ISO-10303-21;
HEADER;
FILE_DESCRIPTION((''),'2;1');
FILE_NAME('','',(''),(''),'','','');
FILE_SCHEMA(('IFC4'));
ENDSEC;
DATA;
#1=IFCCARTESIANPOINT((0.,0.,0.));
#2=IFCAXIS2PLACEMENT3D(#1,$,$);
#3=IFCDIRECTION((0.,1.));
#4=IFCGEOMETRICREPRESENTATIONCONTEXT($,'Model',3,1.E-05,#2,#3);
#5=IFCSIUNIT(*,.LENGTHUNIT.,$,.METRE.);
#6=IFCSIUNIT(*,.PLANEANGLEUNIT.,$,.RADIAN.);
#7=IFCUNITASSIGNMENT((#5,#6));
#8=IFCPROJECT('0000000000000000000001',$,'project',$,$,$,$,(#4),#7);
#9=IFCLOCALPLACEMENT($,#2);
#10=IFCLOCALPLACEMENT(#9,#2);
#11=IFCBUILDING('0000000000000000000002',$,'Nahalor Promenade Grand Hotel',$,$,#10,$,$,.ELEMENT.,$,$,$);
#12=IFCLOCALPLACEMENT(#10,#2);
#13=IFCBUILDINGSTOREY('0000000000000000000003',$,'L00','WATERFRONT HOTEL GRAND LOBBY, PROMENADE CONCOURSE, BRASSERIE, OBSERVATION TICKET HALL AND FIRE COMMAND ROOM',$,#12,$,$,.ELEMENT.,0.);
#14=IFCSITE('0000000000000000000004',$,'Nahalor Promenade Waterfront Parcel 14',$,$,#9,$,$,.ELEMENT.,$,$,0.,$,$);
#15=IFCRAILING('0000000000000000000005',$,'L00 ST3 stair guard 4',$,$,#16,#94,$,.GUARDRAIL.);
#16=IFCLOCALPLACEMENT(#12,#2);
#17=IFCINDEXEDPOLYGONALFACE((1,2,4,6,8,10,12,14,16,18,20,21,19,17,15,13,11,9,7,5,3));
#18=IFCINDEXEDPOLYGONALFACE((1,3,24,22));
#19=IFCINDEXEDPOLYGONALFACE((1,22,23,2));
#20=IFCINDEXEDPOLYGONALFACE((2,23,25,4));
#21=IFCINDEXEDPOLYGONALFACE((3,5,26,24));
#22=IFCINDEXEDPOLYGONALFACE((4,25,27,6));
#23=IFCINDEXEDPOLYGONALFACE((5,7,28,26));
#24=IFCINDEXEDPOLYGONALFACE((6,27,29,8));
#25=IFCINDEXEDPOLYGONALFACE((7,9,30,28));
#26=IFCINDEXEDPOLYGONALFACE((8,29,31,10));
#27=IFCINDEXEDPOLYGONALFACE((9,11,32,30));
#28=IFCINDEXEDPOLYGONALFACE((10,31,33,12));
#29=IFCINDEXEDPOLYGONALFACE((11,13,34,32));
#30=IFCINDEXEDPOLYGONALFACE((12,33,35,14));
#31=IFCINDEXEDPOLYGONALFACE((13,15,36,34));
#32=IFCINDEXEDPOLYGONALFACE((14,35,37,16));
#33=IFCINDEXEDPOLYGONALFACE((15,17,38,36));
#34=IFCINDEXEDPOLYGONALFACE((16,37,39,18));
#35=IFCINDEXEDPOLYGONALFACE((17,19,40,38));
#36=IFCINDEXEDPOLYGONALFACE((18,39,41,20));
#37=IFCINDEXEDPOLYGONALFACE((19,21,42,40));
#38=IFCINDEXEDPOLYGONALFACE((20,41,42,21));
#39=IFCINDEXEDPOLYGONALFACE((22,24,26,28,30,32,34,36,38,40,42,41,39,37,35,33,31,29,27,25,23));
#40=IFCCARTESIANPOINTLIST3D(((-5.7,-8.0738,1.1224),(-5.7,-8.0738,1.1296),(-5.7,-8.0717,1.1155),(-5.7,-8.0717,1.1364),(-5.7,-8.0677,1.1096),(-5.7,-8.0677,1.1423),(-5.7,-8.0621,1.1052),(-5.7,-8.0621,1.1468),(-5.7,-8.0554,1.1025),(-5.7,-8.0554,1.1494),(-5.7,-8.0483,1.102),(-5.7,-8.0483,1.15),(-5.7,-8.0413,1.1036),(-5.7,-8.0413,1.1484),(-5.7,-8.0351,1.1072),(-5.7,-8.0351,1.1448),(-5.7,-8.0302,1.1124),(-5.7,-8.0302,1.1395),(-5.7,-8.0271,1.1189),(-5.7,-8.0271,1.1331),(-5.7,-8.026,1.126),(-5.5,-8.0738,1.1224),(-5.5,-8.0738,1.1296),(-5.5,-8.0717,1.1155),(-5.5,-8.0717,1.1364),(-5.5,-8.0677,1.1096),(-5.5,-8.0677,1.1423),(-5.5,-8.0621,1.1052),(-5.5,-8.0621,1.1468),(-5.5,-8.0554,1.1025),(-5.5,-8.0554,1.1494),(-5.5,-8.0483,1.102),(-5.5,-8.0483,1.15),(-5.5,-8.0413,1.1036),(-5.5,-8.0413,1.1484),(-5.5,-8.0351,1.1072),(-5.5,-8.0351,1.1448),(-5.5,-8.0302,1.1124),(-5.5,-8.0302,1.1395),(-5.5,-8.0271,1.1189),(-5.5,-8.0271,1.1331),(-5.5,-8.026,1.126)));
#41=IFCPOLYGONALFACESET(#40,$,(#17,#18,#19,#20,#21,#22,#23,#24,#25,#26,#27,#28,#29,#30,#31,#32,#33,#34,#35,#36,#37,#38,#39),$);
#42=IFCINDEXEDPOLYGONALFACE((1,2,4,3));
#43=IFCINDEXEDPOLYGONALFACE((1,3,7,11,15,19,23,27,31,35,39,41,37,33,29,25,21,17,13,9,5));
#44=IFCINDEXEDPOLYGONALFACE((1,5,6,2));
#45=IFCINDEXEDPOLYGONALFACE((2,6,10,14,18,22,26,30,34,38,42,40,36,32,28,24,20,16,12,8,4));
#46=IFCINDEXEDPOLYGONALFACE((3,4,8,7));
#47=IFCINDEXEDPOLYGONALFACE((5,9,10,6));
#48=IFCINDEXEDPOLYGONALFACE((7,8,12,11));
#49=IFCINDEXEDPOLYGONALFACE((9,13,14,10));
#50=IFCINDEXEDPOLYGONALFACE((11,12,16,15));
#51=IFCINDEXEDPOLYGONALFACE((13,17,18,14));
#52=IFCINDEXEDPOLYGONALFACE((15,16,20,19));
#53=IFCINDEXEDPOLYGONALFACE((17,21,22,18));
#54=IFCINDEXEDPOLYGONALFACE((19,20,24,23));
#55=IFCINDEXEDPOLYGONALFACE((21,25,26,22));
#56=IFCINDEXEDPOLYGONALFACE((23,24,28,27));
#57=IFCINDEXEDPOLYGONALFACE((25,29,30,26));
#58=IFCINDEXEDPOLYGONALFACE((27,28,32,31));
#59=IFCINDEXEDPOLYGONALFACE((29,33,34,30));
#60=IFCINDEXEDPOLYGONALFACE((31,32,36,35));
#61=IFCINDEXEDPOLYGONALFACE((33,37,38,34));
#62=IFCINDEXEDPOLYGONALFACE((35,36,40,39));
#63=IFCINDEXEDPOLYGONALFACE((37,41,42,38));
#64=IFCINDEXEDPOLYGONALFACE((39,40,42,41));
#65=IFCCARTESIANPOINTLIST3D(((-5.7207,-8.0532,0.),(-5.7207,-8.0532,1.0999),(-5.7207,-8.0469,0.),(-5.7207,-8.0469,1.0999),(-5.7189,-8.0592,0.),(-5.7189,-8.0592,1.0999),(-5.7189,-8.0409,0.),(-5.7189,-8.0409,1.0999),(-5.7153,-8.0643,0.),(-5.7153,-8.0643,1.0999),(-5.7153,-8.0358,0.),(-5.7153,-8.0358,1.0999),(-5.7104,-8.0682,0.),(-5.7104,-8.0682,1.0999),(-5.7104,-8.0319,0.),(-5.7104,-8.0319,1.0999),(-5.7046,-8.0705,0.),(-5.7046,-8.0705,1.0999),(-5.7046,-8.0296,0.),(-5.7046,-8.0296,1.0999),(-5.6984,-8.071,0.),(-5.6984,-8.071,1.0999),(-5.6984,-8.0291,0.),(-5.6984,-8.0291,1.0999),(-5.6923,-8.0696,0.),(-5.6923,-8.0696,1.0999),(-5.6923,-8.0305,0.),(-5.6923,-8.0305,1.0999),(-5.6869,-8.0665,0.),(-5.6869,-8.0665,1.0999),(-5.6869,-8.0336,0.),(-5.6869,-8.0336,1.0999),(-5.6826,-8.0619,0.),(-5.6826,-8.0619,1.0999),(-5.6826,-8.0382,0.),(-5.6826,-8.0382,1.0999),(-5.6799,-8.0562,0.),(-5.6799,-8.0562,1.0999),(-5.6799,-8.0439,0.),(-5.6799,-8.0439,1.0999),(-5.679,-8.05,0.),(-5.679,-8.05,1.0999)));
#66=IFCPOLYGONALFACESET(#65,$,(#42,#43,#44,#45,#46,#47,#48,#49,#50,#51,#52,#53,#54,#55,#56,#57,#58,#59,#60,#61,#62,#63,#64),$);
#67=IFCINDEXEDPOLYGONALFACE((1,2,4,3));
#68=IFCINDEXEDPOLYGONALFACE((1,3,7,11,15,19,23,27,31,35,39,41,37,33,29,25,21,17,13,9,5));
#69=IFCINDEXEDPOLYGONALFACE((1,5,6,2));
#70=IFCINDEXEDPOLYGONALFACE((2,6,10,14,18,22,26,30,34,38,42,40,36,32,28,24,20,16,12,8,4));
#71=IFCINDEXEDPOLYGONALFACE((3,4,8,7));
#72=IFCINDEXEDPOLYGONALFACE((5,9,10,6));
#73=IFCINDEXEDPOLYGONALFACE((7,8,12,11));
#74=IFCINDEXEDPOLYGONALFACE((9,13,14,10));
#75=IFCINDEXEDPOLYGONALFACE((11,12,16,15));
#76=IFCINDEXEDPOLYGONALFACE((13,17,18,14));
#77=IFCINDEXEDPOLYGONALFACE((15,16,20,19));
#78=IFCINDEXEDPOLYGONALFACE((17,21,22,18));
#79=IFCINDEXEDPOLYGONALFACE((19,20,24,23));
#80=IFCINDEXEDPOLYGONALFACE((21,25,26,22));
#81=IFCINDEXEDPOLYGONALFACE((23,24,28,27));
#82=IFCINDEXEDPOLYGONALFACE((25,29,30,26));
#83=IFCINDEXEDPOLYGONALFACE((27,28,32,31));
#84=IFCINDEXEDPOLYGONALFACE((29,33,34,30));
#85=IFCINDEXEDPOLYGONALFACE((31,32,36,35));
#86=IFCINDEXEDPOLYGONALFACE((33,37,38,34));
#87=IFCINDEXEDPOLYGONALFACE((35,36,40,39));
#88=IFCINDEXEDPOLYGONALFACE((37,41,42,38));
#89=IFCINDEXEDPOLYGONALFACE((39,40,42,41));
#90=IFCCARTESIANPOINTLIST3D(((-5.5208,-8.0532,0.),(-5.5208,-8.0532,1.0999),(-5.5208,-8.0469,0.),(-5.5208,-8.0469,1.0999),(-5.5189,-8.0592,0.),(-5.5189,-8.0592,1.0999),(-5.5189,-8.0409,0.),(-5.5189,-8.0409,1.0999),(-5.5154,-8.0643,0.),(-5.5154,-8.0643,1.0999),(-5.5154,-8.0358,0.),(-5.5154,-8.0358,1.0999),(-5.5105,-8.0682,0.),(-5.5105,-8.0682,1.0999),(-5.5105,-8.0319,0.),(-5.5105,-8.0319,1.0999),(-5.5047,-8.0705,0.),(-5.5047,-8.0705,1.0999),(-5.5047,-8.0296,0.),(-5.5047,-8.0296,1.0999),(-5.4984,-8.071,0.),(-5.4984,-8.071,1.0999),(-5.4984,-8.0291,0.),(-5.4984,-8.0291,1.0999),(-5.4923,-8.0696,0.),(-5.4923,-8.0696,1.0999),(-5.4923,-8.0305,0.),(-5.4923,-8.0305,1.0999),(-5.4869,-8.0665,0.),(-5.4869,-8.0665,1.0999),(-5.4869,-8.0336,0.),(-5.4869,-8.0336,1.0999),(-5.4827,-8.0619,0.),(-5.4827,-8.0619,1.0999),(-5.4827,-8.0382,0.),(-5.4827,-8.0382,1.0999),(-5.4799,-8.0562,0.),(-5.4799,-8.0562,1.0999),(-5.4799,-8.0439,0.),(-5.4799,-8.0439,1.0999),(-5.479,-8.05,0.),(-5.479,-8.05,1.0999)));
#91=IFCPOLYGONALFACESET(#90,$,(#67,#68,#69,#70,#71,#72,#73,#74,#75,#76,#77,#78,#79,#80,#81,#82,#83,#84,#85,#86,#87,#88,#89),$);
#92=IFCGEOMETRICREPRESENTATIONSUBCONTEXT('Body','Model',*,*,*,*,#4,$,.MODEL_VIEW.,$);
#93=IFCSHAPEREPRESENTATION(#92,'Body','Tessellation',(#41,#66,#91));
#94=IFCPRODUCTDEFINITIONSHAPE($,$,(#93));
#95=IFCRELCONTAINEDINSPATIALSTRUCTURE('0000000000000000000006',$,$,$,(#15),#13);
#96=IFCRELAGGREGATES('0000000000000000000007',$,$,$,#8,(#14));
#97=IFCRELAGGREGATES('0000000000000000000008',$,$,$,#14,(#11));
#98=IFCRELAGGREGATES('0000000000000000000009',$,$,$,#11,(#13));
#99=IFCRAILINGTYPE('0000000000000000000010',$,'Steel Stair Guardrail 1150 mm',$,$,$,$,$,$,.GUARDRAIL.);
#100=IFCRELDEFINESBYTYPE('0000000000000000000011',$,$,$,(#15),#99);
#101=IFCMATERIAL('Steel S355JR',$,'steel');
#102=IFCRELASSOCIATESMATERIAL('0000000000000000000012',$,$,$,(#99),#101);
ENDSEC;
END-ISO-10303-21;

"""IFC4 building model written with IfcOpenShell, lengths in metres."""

from ifc_helpers import new_model, si_unit, direction, frame, origin, origin_2d, place, context, subcontext, project, spatial, circle, extrude, material, type_object, element, save


model = new_model("IFC4")

# Units and contexts
model_context = context("Model", 3, precision=1e-05, world=origin(), true_north=direction((0.0, 1.0)))
body_context = subcontext(model_context, "Body", "Model", "MODEL_VIEW")
ifc_project = project(units=[si_unit("LENGTHUNIT", "METRE"), si_unit("PLANEANGLEUNIT", "RADIAN")], contexts=[model_context])

# Site, building, storey
site_placement = place(None, origin())
site = spatial("IfcSite", under=ifc_project, at=site_placement, Name="Nahalor Promenade Waterfront Parcel 14", CompositionType="ELEMENT", RefElevation=0.0)
building_placement = place(site_placement, origin())
building = spatial("IfcBuilding", under=site, at=building_placement, Name="Nahalor Promenade Grand Hotel", CompositionType="ELEMENT")
storey_placement = place(building_placement, origin())
storey = spatial("IfcBuildingStorey", under=building, at=storey_placement, Name="L00", Description="WATERFRONT HOTEL GRAND LOBBY, PROMENADE CONCOURSE, BRASSERIE, OBSERVATION TICKET HALL AND FIRE COMMAND ROOM", CompositionType="ELEMENT", Elevation=0.0)

# Shared definitions
ifc_material_1 = material(Name="Steel S355JR", Category="steel")

# Railing
railing_type_1 = type_object("IfcRailingType", Name="Steel Stair Guardrail 1150 mm", PredefinedType="GUARDRAIL", material=ifc_material_1)
railing_1_placement = place(storey_placement, frame((-5.7, -8.05, 0.0)))
element("IfcRailing", 1, at=railing_1_placement, inside=storey, type_object=railing_type_1, Name="L00 ST3 stair guard 4", PredefinedType="GUARDRAIL", context=body_context, shape_type="SweptSolid", body=[
    extrude(circle(Radius=0.024, at=origin_2d()), frame((0.0, 0.0, 1.126), z_axis=(1.0, 0.0, 0.0), x_axis=(0.0, 1.0, 0.0)), (0.0, 0.0, 1.0), 0.2),
    extrude(circle(Radius=0.021, at=origin_2d()), origin(), (0.0, 0.0, 1.0), 1.0999),
    extrude(circle(Radius=0.021, at=origin_2d()), frame((0.2, 0.0, 0.0)), (0.0, 0.0, 1.0), 1.0999),
])

save(model, "model.ifc")
